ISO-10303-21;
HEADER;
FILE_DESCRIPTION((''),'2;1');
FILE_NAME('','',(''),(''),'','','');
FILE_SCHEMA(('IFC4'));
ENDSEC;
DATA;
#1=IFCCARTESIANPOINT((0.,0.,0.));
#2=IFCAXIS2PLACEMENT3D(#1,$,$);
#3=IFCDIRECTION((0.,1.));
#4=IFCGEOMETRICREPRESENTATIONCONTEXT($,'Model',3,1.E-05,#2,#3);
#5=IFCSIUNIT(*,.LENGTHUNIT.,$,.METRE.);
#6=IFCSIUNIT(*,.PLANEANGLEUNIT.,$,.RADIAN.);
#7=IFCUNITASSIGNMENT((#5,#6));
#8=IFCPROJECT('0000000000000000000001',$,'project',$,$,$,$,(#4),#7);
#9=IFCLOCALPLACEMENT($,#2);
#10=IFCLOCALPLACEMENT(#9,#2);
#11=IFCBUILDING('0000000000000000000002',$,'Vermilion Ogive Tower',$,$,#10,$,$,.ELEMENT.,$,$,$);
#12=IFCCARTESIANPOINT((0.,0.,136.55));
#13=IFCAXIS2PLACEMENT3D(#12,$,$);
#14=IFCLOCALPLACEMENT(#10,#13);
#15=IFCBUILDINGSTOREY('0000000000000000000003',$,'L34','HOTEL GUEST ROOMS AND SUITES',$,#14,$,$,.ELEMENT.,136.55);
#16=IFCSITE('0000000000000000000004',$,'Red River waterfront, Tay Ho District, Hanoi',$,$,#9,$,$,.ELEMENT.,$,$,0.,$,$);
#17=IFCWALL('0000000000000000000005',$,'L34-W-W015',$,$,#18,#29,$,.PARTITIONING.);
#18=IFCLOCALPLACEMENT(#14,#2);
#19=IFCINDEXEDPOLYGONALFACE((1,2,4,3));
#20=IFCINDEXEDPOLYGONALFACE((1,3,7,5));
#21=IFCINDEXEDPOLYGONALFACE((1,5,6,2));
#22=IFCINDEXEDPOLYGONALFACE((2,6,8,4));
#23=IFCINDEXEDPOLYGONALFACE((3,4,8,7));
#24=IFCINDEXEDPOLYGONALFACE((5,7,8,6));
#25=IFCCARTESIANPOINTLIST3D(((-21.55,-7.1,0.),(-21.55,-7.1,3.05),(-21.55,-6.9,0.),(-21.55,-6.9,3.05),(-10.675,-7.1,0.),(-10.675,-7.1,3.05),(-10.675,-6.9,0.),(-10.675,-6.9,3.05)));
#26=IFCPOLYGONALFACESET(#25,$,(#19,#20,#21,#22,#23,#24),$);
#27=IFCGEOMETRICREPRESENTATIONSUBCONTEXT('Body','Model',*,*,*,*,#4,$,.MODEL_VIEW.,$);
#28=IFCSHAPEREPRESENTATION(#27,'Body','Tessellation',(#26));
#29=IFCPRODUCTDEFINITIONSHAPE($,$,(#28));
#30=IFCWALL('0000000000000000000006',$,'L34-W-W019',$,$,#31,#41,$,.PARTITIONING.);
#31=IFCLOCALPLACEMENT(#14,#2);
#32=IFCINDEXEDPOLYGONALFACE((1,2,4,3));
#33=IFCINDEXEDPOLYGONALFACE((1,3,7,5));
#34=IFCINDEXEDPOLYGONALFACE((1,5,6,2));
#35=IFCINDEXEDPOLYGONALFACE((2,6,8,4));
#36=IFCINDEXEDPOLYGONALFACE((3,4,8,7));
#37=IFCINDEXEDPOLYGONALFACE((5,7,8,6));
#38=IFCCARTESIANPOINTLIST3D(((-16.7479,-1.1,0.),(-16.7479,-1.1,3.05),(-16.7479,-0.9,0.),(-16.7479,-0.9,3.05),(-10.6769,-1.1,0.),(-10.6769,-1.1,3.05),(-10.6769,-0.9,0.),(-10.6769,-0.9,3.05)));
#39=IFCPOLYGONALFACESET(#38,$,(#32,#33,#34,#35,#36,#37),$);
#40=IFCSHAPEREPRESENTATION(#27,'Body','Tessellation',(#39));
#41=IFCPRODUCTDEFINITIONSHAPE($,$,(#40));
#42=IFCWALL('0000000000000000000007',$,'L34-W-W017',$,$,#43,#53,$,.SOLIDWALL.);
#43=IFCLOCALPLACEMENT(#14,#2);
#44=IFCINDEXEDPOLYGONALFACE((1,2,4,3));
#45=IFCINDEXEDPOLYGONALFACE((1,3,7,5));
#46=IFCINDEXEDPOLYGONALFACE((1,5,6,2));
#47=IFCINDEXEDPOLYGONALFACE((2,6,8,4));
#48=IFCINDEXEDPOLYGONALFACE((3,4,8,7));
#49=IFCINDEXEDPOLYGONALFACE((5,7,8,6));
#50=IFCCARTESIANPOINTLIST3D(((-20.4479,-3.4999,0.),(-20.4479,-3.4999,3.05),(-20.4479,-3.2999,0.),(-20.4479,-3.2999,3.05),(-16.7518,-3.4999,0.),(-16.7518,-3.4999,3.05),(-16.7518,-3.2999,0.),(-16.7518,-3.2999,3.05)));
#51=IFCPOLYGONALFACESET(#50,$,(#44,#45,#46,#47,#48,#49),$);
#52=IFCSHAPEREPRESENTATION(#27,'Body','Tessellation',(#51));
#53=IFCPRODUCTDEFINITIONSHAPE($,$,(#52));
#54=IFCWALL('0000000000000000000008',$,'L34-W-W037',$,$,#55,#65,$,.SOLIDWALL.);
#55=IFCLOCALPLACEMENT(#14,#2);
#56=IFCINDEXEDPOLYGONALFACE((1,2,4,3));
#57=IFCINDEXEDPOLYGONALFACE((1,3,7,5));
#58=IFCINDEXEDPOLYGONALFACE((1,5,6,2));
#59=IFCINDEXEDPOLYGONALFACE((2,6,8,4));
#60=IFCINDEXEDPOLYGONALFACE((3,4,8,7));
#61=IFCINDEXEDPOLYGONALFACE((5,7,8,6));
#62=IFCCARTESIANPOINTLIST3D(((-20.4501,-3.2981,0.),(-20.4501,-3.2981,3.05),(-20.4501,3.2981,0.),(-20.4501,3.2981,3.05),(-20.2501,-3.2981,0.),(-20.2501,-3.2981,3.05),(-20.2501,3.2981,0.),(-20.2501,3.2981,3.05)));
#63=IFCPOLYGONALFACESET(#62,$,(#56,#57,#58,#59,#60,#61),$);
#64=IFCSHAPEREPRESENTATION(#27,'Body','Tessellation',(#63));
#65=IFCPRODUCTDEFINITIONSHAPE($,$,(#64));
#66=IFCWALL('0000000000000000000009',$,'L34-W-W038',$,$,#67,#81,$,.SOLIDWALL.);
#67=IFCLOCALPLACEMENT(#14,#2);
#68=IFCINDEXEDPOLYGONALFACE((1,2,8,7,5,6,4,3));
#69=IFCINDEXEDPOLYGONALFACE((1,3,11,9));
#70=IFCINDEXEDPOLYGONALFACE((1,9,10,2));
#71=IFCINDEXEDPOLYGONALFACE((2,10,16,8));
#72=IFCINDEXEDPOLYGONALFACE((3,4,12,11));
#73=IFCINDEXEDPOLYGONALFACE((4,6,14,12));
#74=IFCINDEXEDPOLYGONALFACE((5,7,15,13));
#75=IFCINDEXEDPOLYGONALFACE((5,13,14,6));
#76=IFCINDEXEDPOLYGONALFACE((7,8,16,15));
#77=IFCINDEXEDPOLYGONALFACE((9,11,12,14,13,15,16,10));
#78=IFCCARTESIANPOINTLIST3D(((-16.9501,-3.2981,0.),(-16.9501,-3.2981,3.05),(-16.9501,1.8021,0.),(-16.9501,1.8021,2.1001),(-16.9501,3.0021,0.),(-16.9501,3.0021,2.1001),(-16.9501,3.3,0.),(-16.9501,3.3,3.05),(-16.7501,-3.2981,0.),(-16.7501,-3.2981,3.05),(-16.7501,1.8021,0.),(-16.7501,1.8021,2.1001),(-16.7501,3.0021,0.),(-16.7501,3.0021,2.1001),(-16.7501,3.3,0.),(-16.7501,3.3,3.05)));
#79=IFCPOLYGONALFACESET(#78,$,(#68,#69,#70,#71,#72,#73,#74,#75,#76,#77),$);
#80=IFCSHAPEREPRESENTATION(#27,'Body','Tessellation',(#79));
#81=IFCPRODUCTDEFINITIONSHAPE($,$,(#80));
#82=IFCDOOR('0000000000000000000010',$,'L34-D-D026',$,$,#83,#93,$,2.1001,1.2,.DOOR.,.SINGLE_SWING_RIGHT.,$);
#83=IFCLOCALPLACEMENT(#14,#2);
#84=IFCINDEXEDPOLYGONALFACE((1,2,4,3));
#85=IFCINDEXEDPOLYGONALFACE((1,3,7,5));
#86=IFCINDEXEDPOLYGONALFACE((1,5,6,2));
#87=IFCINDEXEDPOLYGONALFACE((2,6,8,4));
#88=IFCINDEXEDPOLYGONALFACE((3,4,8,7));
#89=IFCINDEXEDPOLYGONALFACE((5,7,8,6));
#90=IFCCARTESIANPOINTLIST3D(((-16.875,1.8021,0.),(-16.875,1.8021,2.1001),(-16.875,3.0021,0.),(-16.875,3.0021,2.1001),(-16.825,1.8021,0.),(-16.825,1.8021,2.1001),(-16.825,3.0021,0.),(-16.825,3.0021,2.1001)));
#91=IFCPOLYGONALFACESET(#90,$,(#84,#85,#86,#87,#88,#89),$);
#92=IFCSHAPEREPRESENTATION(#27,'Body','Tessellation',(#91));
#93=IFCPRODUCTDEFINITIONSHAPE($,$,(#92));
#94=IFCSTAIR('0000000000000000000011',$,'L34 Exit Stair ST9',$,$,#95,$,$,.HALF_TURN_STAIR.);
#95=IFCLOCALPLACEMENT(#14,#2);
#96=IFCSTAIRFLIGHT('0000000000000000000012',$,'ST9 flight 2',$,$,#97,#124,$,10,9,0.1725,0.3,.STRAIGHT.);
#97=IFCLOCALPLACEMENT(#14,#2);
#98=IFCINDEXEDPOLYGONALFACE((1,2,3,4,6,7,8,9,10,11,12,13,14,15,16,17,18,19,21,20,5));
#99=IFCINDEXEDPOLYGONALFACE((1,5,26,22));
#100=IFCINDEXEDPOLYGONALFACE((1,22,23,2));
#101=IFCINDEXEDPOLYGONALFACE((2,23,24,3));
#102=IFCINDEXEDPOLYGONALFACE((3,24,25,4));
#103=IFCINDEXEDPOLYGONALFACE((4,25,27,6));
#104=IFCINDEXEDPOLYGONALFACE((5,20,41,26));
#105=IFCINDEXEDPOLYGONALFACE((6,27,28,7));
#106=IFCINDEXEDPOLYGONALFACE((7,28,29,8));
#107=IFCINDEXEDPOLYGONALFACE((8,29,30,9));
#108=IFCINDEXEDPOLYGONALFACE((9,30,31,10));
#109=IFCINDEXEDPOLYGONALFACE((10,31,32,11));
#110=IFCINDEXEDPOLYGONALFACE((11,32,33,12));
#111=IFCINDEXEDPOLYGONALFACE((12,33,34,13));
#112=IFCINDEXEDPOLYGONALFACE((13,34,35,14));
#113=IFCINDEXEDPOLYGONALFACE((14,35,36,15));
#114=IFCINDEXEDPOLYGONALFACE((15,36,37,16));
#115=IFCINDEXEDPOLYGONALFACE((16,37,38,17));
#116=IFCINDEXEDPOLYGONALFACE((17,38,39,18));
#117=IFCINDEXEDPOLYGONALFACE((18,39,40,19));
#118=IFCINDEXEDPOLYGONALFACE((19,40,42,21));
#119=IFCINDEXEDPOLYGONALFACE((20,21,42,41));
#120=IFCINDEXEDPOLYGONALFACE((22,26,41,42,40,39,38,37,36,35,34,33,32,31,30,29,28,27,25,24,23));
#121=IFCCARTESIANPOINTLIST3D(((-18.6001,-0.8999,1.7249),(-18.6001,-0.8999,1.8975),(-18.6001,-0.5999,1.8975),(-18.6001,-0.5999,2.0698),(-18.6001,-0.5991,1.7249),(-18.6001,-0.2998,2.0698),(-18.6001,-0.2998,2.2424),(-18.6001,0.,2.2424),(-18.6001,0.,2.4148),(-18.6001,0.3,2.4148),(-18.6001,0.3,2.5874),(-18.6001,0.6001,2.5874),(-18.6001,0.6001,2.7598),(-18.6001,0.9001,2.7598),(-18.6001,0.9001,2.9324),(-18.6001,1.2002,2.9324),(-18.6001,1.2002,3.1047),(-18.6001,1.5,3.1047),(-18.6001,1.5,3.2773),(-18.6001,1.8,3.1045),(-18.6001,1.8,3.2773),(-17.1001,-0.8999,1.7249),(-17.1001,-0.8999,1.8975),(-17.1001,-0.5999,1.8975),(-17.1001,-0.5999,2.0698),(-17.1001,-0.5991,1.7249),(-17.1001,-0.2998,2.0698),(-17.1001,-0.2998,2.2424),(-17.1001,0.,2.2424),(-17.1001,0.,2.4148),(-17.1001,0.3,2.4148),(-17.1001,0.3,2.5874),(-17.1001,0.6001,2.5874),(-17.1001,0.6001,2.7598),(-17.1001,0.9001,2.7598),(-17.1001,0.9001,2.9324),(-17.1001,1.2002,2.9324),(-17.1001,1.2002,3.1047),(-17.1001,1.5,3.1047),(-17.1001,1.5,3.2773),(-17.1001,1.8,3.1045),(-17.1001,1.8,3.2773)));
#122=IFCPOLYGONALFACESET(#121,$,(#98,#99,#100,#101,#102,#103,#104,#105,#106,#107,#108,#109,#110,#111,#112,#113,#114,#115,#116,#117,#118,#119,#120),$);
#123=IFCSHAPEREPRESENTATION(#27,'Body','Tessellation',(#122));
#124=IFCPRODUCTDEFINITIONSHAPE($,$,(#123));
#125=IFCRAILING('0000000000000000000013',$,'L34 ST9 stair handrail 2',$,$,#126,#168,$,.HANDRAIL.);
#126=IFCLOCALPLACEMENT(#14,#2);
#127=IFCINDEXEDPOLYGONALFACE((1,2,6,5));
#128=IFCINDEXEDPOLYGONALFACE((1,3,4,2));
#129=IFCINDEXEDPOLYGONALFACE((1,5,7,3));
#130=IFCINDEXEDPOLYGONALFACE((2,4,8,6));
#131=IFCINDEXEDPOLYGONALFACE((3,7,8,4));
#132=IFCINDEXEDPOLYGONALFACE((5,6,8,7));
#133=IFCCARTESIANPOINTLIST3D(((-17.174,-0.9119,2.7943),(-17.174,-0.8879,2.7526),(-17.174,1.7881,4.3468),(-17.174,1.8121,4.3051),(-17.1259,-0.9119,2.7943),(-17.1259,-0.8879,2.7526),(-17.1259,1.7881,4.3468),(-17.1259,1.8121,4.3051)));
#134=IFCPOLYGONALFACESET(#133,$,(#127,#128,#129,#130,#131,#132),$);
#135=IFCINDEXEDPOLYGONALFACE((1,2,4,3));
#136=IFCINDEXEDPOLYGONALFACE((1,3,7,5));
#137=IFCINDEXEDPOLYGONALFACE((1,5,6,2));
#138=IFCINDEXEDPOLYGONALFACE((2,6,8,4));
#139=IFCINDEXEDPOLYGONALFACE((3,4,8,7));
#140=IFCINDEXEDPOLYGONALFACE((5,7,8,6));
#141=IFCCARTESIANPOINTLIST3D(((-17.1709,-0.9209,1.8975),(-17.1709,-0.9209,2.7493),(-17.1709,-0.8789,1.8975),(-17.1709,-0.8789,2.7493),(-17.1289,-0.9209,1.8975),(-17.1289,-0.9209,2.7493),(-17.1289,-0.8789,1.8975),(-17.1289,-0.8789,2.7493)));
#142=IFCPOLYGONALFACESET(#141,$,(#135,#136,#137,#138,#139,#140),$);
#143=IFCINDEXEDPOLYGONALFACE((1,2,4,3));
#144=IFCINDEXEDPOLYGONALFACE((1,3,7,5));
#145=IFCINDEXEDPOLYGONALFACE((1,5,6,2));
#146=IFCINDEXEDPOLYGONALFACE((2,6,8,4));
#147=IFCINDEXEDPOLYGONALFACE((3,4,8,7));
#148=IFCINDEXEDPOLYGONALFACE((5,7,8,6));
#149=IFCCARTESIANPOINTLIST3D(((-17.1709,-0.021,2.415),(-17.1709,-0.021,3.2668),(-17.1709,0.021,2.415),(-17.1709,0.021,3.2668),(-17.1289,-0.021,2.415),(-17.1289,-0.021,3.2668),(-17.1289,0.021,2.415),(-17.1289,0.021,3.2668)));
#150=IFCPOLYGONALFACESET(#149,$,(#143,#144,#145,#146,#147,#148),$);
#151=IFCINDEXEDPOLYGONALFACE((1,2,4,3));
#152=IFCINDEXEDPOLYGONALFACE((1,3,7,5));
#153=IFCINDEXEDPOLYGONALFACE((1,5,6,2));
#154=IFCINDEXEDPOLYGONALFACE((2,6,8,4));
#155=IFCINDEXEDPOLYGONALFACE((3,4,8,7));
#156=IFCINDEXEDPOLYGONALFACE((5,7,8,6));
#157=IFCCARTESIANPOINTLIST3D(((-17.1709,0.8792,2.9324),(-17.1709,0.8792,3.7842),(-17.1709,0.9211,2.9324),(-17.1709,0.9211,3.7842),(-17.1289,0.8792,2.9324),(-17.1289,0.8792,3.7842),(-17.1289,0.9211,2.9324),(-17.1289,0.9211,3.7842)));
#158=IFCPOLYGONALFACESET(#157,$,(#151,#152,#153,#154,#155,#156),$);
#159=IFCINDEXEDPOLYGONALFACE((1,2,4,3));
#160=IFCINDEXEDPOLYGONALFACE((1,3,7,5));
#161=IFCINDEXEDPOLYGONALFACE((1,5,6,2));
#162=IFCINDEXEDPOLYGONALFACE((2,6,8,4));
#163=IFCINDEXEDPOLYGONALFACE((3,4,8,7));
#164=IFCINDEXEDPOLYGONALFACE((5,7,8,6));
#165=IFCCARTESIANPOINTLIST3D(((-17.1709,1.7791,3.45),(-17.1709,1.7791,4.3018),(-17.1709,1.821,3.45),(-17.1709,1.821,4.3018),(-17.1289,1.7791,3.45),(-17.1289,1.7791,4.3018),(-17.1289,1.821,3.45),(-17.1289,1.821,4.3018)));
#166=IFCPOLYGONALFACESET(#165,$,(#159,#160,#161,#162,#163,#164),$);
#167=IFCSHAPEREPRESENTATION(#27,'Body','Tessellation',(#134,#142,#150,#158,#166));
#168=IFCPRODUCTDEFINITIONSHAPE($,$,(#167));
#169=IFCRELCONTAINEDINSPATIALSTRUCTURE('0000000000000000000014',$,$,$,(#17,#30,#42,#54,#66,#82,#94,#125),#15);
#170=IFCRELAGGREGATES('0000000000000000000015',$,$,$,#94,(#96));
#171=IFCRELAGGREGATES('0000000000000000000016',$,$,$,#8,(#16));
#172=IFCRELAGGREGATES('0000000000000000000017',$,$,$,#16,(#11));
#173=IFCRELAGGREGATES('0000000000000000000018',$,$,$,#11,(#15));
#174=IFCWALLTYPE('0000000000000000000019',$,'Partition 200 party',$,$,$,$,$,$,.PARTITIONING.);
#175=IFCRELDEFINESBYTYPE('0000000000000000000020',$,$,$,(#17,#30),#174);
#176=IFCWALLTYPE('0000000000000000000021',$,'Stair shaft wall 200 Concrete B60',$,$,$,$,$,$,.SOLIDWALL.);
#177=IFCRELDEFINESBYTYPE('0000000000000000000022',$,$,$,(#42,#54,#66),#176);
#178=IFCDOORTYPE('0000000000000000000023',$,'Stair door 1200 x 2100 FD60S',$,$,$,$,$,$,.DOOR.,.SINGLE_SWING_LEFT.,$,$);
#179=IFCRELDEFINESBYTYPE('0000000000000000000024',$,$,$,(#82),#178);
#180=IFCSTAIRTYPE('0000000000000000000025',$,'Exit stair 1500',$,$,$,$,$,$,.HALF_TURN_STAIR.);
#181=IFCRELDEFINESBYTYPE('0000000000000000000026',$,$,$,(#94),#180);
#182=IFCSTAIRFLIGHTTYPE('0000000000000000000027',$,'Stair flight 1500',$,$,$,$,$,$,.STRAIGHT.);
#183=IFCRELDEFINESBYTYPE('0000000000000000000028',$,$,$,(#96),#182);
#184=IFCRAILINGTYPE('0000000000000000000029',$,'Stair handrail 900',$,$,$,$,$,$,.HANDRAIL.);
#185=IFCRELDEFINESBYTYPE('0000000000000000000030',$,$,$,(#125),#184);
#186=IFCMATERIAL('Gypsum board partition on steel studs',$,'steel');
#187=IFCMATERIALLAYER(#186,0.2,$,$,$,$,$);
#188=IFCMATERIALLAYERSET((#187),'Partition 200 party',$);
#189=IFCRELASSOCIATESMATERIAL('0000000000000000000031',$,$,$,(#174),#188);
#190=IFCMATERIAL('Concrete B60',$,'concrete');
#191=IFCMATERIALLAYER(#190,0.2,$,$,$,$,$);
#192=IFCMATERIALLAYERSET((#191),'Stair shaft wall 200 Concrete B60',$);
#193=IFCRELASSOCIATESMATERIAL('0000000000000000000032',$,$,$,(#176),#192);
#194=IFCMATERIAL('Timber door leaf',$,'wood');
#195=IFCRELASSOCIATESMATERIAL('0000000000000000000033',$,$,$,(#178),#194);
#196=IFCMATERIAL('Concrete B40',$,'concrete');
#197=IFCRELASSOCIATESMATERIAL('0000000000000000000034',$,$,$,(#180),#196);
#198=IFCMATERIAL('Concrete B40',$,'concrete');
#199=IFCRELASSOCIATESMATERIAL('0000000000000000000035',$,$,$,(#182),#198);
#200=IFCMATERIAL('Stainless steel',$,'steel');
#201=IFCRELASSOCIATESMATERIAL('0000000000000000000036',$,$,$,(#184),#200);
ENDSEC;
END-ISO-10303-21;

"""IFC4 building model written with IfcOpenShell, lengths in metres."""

from ifc_helpers import new_model, si_unit, direction, frame, frame_2d, origin, origin_2d, place, context, subcontext, project, spatial, polyline, rectangle, outline, extrude, material, layer, layer_set, type_object, element, fill, aggregate, save


model = new_model("IFC4")

# Units and contexts
model_context = context("Model", 3, precision=1e-05, world=origin(), true_north=direction((0.0, 1.0)))
body_context = subcontext(model_context, "Body", "Model", "MODEL_VIEW")
ifc_project = project(units=[si_unit("LENGTHUNIT", "METRE"), si_unit("PLANEANGLEUNIT", "RADIAN")], contexts=[model_context])

# Site, building, storey
site_placement = place(None, origin())
site = spatial("IfcSite", under=ifc_project, at=site_placement, Name="Red River waterfront, Tay Ho District, Hanoi", CompositionType="ELEMENT", RefElevation=0.0)
building_placement = place(site_placement, origin())
building = spatial("IfcBuilding", under=site, at=building_placement, Name="Vermilion Ogive Tower", CompositionType="ELEMENT")
storey_placement = place(building_placement, frame((0.0, 0.0, 136.55)))
storey = spatial("IfcBuildingStorey", under=building, at=storey_placement, Name="L34", Description="HOTEL GUEST ROOMS AND SUITES", CompositionType="ELEMENT", Elevation=136.55)

# Walls
ifc_material_1 = material(Name="Gypsum board partition on steel studs", Category="steel")
ifc_layer_1 = layer(ifc_material_1, 0.2)
ifc_layer_set_1 = layer_set([ifc_layer_1], Name="Partition 200 party")
wall_type_1 = type_object("IfcWallType", Name="Partition 200 party", PredefinedType="PARTITIONING", material=ifc_layer_set_1)
wall_1_placement = place(storey_placement, frame((-21.55, -7.0, 0.0), z_axis=(0.0, 0.0, 1.0), x_axis=(1.0, 0.0, 0.0)))
element("IfcWall", 1, at=wall_1_placement, inside=storey, type_object=wall_type_1, Name="L34-W-W015", PredefinedType="PARTITIONING", context=body_context, shape_type="SweptSolid", body=[
    extrude(rectangle(XDim=10.875, YDim=0.2, at=frame_2d((5.4375, 0.0))), origin(), (0.0, 0.0, 1.0), 3.05),
])
wall_2_placement = place(storey_placement, frame((-16.748, -1.0, 0.0), z_axis=(0.0, 0.0, 1.0), x_axis=(1.0, 0.0, 0.0)))
element("IfcWall", 2, at=wall_2_placement, inside=storey, type_object=wall_type_1, Name="L34-W-W019", PredefinedType="PARTITIONING", context=body_context, shape_type="SweptSolid", body=[
    extrude(rectangle(XDim=6.071, YDim=0.2, at=frame_2d((3.0356, 0.0))), origin(), (0.0, 0.0, 1.0), 3.05),
])
ifc_material_2 = material(Name="Concrete B60", Category="concrete")
ifc_layer_2 = layer(ifc_material_2, 0.2)
ifc_layer_set_2 = layer_set([ifc_layer_2], Name="Stair shaft wall 200 Concrete B60")
wall_type_2 = type_object("IfcWallType", Name="Stair shaft wall 200 Concrete B60", PredefinedType="SOLIDWALL", material=ifc_layer_set_2)
wall_3_placement = place(storey_placement, frame((-20.448, -3.3999, 0.0), z_axis=(0.0, 0.0, 1.0), x_axis=(1.0, 0.0, 0.0)))
element("IfcWall", 3, at=wall_3_placement, inside=storey, type_object=wall_type_2, Name="L34-W-W017", PredefinedType="SOLIDWALL", context=body_context, shape_type="SweptSolid", body=[
    extrude(rectangle(XDim=3.696, YDim=0.2, at=frame_2d((1.8481, 0.0))), origin(), (0.0, 0.0, 1.0), 3.05),
])
wall_4_placement = place(storey_placement, frame((-20.3501, -3.2981, 0.0), z_axis=(0.0, 0.0, 1.0), x_axis=(0.0, 1.0, 0.0)))
element("IfcWall", 4, at=wall_4_placement, inside=storey, type_object=wall_type_2, Name="L34-W-W037", PredefinedType="SOLIDWALL", context=body_context, shape_type="SweptSolid", body=[
    extrude(rectangle(XDim=6.5962, YDim=0.2, at=frame_2d((3.2981, 0.0))), origin(), (0.0, 0.0, 1.0), 3.05),
])

# Wall, opening, door
wall_5_placement = place(storey_placement, frame((-16.8501, -3.2981, 0.0), z_axis=(0.0, 0.0, 1.0), x_axis=(0.0, 1.0, 0.0)))
wall_5 = element("IfcWall", 5, at=wall_5_placement, inside=storey, type_object=wall_type_2, Name="L34-W-W038", PredefinedType="SOLIDWALL", context=body_context, shape_type="SweptSolid", body=[
    extrude(rectangle(XDim=6.5981, YDim=0.2, at=frame_2d((3.2991, 0.0))), origin(), (0.0, 0.0, 1.0), 3.05),
])
opening_placement = place(wall_5_placement, frame((5.1001, 0.0, 0.0)))
opening = element("IfcOpeningElement", 6, at=opening_placement, cuts=wall_5, PredefinedType="OPENING", context=body_context, shape_type="SweptSolid", body=[
    extrude(rectangle(XDim=1.2, YDim=2.1001, at=frame_2d((0.6001, 1.05))), frame((0.0, 0.1099, 0.0), z_axis=(0.0, -1.0, 0.0), x_axis=(1.0, 0.0, 0.0)), (0.0, 0.0, 1.0), 0.22),
])
ifc_material_3 = material(Name="Timber door leaf", Category="wood")
door_type = type_object("IfcDoorType", Name="Stair door 1200 x 2100 FD60S", OperationType="SINGLE_SWING_LEFT", PredefinedType="DOOR", material=ifc_material_3)
door_placement = place(opening_placement, origin())
door = element("IfcDoor", 7, at=door_placement, inside=storey, type_object=door_type, Name="L34-D-D026", OperationType="SINGLE_SWING_RIGHT", OverallHeight=2.1001, OverallWidth=1.2, PredefinedType="DOOR", context=body_context, shape_type="SweptSolid", body=[
    extrude(rectangle(XDim=1.2, YDim=2.1001, at=frame_2d((0.6001, 1.05))), frame((0.0, 0.0249, 0.0), z_axis=(0.0, -1.0, 0.0), x_axis=(1.0, 0.0, 0.0)), (0.0, 0.0, 1.0), 0.05),
])
fill(opening, door)

# Stair, stair flight
ifc_material_4 = material(Name="Concrete B40", Category="concrete")
stair_type = type_object("IfcStairType", Name="Exit stair 1500", PredefinedType="HALF_TURN_STAIR", material=ifc_material_4)
stair_placement = place(storey_placement, origin())
stair = element("IfcStair", 8, at=stair_placement, inside=storey, type_object=stair_type, Name="L34 Exit Stair ST9", PredefinedType="HALF_TURN_STAIR")
ifc_material_5 = material(Name="Concrete B40", Category="concrete")
stair_flight_type = type_object("IfcStairFlightType", Name="Stair flight 1500", PredefinedType="STRAIGHT", material=ifc_material_5)
stair_flight_placement = place(storey_placement, frame((-17.8501, -0.8999, 1.7249), z_axis=(0.0, 0.0, 1.0), x_axis=(0.0, 1.0, 0.0)))
stair_flight = element("IfcStairFlight", 9, at=stair_flight_placement, type_object=stair_flight_type, Name="ST9 flight 2", NumberOfRisers=10, NumberOfTreads=9, PredefinedType="STRAIGHT", RiserHeight=0.1725, TreadLength=0.3, context=body_context, shape_type="SweptSolid", body=[
    extrude(outline(polyline([(0.0, 0.0), (0.0, 0.1726), (0.3, 0.1726), (0.3, 0.345), (0.6001, 0.345), (0.6001, 0.5176), (0.8999, 0.5176), (0.8999, 0.6899), (1.2, 0.6899), (1.2, 0.8625), (1.5, 0.8625), (1.5, 1.0349), (1.8, 1.0349), (1.8, 1.2075), (2.1001, 1.2075), (2.1001, 1.3799), (2.3999, 1.3799), (2.3999, 1.5525), (2.7, 1.5525), (2.7, 1.7251), (2.7, 1.3796), (0.3008, 0.0), (0.0, 0.0)])), frame((0.0, 0.75, 0.0), z_axis=(0.0, -1.0, 0.0), x_axis=(1.0, 0.0, 0.0)), (0.0, 0.0, 1.0), 1.5),
])
aggregate(stair, [stair_flight])

# Railing
ifc_material_6 = material(Name="Stainless steel", Category="steel")
railing_type = type_object("IfcRailingType", Name="Stair handrail 900", PredefinedType="HANDRAIL", material=ifc_material_6)
railing_placement = place(storey_placement, frame((-17.1499, -0.8999, 1.8975)))
element("IfcRailing", 10, at=railing_placement, inside=storey, type_object=railing_type, Name="L34 ST9 stair handrail 2", PredefinedType="HANDRAIL", context=body_context, shape_type="SweptSolid", body=[
    extrude(rectangle(XDim=0.0481, YDim=0.0481, at=origin_2d()), frame((0.0, 0.0, 0.876), z_axis=(0.0, 0.866904, 0.498476), x_axis=(-1.0, 0.0, 0.0)), (0.0, 0.0, 1.0), 3.1145),
    extrude(rectangle(XDim=0.042, YDim=0.042, at=origin_2d()), origin(), (0.0, 0.0, 1.0), 0.8518),
    extrude(rectangle(XDim=0.042, YDim=0.042, at=origin_2d()), frame((0.0, 0.8999, 0.5176)), (0.0, 0.0, 1.0), 0.8518),
    extrude(rectangle(XDim=0.042, YDim=0.042, at=origin_2d()), frame((0.0, 1.8, 1.0349)), (0.0, 0.0, 1.0), 0.8518),
    extrude(rectangle(XDim=0.042, YDim=0.042, at=origin_2d()), frame((0.0, 2.7, 1.5525)), (0.0, 0.0, 1.0), 0.8518),
])

save(model, "model.ifc")
